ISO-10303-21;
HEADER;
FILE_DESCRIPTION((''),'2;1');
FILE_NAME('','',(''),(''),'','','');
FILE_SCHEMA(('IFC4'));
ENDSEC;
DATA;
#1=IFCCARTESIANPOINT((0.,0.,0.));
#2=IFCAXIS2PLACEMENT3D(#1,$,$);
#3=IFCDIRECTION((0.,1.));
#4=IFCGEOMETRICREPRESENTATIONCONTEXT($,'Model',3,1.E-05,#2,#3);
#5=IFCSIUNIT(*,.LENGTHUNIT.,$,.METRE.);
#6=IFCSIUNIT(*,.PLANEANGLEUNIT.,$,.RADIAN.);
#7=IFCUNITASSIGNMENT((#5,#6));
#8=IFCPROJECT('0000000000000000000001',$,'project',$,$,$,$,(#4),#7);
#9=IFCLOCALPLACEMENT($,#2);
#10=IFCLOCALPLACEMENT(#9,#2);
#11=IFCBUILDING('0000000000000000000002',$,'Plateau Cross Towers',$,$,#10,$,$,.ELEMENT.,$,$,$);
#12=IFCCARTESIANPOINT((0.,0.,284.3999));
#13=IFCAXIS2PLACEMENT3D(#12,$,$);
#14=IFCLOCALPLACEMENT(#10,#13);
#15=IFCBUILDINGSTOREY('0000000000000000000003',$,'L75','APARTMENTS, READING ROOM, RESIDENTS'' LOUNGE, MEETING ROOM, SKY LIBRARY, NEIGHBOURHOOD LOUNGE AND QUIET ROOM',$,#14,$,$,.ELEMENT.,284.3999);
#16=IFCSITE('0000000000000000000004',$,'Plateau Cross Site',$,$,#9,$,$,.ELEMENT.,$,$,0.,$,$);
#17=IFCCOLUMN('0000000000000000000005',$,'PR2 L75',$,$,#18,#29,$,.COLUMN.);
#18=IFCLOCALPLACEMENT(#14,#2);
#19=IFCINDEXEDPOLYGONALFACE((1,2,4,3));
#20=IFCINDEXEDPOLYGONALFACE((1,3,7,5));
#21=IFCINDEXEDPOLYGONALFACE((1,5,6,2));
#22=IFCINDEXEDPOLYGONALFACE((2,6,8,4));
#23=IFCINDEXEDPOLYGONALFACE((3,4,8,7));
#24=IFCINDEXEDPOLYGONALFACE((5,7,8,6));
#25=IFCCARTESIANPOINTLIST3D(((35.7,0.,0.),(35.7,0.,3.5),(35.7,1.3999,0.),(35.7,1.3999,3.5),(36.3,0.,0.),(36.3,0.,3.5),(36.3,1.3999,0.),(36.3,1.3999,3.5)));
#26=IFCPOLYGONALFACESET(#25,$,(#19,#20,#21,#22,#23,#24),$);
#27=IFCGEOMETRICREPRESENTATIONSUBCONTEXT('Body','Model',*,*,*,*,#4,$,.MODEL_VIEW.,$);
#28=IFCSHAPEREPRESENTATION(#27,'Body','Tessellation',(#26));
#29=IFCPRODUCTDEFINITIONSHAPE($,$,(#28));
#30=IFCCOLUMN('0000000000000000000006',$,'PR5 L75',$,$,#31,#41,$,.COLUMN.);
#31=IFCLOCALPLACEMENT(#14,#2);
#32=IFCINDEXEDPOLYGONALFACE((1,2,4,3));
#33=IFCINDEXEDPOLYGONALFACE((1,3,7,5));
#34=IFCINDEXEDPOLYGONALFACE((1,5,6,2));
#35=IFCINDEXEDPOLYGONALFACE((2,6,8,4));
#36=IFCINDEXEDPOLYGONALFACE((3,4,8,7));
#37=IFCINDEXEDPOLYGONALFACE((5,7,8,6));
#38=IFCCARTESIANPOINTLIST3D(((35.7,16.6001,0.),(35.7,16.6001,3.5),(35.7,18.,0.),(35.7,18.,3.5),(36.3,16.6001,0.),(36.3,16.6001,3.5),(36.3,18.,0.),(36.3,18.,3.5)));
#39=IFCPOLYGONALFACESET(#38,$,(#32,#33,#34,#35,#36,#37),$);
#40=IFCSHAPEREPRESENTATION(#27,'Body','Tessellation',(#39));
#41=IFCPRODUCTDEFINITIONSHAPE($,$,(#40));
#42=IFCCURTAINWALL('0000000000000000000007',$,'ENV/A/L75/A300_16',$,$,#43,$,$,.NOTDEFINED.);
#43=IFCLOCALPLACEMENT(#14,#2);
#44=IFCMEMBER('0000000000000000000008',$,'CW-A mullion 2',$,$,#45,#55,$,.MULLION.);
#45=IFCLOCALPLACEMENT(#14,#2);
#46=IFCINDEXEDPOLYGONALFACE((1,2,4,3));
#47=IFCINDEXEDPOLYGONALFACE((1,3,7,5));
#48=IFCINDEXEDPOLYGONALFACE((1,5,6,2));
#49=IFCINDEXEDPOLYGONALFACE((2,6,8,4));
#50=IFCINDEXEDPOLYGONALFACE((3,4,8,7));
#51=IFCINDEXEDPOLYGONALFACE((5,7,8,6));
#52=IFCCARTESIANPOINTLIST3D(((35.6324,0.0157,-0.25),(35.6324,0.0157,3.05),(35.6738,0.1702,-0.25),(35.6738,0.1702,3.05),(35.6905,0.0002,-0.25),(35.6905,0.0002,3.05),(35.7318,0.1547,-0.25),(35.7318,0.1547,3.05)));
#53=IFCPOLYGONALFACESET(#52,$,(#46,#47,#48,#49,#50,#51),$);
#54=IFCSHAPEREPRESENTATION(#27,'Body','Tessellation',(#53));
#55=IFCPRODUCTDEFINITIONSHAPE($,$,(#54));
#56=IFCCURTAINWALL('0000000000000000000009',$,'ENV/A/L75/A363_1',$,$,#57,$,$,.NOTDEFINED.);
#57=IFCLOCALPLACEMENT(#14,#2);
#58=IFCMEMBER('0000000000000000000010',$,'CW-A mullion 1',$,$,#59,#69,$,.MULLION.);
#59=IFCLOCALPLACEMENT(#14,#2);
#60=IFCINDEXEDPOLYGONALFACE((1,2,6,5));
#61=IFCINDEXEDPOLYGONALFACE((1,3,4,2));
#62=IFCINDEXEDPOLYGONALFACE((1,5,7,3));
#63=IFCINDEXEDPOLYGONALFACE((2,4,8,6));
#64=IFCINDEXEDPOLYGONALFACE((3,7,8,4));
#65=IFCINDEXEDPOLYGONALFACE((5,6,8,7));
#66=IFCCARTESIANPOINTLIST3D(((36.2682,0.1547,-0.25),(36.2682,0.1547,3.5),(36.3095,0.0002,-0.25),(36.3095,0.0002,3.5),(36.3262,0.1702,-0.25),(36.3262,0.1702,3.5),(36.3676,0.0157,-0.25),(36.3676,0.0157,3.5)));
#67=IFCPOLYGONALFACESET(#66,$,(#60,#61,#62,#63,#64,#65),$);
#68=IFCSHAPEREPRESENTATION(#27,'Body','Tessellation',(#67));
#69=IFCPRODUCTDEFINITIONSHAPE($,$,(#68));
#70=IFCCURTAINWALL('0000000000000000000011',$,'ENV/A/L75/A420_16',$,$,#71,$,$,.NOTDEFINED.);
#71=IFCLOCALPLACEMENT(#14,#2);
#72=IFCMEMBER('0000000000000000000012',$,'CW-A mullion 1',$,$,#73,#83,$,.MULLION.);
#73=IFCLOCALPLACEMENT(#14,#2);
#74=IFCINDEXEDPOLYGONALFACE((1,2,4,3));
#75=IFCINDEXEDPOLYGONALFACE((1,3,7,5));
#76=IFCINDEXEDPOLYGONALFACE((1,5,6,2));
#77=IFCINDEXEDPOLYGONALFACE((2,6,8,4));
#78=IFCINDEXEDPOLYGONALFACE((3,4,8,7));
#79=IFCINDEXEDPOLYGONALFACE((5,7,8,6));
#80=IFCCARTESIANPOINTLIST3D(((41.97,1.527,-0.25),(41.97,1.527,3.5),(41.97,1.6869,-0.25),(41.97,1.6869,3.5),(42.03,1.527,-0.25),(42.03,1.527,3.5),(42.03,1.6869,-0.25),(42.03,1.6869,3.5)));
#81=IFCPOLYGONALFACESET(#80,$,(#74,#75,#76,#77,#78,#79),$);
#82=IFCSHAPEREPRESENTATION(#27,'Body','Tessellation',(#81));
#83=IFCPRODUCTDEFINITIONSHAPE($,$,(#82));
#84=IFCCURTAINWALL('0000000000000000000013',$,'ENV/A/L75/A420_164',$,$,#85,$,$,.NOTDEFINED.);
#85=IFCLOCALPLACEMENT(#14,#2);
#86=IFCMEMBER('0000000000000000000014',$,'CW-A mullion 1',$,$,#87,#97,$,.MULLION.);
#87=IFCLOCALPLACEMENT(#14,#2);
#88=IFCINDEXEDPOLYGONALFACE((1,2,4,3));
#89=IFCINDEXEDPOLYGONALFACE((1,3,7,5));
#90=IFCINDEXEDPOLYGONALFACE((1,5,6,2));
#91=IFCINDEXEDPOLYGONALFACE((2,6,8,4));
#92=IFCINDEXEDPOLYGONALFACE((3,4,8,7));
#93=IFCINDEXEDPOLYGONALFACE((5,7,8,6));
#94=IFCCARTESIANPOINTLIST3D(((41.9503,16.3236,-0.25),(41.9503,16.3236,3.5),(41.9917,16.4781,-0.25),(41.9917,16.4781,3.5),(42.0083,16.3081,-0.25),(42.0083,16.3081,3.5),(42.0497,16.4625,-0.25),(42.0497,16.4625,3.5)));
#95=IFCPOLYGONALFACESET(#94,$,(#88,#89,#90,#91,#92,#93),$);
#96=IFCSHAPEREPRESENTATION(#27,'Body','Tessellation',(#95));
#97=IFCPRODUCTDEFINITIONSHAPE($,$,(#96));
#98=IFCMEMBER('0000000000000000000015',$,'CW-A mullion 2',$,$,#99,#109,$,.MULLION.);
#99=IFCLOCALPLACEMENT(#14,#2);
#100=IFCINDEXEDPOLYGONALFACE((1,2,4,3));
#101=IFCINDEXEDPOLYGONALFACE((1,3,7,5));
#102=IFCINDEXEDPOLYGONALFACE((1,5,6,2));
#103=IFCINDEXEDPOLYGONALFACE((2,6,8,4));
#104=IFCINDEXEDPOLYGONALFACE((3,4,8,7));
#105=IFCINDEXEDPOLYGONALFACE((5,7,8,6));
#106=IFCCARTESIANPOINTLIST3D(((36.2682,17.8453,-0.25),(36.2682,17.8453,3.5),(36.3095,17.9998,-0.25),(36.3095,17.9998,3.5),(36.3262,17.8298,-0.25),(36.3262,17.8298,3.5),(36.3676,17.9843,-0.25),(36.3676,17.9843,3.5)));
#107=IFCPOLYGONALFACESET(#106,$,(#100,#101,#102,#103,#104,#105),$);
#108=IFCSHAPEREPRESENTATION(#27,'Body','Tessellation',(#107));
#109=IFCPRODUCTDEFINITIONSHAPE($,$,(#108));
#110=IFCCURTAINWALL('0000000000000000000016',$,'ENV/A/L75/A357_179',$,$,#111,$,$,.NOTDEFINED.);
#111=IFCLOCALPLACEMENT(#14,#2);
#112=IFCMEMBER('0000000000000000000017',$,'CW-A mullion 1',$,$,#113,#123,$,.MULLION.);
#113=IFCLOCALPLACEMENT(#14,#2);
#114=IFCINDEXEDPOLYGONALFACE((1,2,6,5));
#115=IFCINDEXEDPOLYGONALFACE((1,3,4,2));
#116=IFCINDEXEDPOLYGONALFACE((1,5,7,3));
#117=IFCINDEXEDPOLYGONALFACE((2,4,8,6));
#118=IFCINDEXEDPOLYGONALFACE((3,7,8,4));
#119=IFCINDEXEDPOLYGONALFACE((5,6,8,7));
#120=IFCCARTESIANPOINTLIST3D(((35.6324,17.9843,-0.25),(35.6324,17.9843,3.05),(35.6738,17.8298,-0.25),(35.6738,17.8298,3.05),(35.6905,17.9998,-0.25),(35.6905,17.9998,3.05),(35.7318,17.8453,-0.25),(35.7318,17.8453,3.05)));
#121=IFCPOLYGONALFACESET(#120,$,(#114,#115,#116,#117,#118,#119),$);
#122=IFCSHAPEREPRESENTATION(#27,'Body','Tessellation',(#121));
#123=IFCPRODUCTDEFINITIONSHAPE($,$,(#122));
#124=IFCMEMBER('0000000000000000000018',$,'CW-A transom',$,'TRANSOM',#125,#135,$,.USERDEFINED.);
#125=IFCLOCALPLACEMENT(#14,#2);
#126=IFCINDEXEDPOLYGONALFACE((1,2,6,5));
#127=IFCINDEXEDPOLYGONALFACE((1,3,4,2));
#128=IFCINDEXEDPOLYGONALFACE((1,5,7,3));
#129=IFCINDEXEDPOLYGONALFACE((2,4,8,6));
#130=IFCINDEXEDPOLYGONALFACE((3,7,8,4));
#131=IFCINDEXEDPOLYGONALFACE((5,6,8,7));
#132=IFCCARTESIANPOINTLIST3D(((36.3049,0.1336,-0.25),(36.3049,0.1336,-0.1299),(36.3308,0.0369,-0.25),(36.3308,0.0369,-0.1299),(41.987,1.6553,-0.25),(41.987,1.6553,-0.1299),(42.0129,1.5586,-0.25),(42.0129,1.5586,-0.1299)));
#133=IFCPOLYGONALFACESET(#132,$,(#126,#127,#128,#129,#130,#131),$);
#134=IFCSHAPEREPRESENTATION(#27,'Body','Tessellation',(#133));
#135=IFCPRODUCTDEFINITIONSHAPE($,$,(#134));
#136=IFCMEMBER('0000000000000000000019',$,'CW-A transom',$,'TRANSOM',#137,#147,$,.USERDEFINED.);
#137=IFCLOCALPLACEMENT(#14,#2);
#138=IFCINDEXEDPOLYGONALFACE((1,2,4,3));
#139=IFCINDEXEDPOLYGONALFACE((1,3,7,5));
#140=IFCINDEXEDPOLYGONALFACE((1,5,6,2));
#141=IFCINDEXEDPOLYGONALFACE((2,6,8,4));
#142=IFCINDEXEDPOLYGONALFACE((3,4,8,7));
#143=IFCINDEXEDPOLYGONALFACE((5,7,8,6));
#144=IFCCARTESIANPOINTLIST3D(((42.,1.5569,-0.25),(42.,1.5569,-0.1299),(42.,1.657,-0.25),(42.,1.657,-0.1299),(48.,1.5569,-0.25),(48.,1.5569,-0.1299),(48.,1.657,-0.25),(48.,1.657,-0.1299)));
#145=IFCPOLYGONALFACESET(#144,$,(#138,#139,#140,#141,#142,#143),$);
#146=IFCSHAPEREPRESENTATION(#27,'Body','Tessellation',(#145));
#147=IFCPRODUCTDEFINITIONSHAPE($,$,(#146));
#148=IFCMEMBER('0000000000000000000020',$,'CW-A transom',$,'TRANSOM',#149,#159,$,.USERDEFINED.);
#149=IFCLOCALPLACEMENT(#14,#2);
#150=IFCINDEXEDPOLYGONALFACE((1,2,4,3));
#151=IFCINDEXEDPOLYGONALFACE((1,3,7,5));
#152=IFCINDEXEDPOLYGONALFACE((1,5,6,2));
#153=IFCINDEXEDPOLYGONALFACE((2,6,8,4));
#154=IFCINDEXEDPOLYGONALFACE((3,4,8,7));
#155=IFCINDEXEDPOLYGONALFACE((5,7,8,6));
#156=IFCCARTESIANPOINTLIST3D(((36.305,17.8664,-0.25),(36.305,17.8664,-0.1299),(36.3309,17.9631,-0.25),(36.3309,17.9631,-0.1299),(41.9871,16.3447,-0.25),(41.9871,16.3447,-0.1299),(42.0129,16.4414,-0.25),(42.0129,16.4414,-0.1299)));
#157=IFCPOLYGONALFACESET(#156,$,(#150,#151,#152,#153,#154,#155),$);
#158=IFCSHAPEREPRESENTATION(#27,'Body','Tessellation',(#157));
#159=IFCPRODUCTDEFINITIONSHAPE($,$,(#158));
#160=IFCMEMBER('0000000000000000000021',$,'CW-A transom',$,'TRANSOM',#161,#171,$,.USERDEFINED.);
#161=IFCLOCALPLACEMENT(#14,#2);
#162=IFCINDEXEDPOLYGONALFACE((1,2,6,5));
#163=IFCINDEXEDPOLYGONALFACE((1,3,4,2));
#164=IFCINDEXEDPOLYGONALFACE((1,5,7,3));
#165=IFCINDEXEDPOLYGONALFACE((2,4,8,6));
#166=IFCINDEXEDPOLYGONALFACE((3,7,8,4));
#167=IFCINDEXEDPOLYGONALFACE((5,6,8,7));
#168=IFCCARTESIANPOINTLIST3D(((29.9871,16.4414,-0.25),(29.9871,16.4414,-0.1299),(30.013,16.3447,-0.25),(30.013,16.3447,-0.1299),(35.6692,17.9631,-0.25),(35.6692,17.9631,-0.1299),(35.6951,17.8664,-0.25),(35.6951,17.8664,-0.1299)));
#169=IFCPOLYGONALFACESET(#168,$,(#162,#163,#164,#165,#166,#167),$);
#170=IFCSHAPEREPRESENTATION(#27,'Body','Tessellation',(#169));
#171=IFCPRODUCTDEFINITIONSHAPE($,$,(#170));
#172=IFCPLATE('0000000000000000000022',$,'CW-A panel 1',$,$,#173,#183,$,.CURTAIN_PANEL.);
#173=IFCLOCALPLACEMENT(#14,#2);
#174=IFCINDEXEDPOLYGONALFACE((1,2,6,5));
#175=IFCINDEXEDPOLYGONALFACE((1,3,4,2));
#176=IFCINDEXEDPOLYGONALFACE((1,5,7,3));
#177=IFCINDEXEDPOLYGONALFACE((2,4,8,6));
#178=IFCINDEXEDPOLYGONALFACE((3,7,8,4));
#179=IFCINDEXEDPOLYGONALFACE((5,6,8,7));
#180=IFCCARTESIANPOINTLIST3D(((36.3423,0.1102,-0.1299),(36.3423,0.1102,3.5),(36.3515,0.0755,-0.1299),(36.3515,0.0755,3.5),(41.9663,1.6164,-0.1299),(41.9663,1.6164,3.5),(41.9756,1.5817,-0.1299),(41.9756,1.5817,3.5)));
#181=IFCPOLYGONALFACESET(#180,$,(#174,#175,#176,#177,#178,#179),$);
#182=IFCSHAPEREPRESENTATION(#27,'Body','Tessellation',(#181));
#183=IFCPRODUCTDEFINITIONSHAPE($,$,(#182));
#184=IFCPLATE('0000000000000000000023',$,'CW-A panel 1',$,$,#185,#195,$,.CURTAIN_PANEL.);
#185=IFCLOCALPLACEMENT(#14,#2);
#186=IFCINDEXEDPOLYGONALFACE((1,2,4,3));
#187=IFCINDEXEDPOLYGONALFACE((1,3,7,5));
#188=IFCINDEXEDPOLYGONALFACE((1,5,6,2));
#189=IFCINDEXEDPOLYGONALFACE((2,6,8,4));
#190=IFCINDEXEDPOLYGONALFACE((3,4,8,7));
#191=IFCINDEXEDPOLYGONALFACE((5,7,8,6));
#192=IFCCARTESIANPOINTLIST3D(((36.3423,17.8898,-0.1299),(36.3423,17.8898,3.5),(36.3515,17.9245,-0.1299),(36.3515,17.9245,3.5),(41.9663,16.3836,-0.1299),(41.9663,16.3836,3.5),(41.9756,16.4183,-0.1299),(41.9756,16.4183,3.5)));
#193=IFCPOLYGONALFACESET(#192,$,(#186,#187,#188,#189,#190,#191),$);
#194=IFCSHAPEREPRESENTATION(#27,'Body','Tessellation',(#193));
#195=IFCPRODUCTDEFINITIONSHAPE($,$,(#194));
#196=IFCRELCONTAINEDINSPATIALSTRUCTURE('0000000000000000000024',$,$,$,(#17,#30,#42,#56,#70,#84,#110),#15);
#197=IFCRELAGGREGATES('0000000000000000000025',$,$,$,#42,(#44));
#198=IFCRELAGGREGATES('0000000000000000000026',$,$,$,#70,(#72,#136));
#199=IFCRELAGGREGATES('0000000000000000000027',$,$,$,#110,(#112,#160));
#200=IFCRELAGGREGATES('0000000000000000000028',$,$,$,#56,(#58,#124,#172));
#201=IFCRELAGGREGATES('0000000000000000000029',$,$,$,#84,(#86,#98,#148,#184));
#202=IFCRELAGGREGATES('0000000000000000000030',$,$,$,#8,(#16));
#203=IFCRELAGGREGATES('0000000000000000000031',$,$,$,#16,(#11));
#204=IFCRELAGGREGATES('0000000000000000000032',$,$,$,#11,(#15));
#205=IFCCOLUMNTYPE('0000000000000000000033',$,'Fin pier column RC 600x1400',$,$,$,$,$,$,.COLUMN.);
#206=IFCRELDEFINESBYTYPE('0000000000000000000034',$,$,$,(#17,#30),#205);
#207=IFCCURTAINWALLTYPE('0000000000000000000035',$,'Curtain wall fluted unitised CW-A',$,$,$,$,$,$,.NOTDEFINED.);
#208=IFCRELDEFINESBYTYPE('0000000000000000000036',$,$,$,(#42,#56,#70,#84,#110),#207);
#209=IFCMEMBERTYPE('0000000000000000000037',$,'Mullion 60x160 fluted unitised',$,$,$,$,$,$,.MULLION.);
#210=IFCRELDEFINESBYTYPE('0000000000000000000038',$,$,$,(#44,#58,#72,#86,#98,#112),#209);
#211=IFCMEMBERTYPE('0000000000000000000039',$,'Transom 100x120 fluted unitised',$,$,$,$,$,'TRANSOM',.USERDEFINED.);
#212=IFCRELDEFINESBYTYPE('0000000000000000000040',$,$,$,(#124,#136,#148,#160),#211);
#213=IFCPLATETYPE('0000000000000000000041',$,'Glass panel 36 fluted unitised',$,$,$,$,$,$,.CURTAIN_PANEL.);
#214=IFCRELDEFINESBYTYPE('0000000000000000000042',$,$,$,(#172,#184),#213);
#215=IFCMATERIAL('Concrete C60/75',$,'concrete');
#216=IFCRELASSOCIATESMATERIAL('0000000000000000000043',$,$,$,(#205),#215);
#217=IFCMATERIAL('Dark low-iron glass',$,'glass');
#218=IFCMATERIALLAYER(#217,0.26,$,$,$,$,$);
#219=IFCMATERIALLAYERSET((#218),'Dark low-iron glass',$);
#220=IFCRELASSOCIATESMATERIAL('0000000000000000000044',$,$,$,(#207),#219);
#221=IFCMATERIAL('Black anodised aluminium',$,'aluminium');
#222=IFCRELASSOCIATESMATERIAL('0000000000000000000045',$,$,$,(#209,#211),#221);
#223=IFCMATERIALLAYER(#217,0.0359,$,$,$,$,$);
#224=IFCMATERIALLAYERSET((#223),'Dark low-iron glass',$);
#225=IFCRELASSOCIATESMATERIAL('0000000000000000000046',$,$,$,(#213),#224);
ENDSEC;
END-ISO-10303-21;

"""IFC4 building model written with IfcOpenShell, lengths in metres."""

from ifc_helpers import new_model, si_unit, direction, frame, origin, origin_2d, place, context, subcontext, project, spatial, rectangle, extrude, material, layer, layer_set, material_profile, profile_set, type_object, element, aggregate, save


model = new_model("IFC4")

# Units and contexts
model_context = context("Model", 3, precision=1e-05, world=origin(), true_north=direction((0.0, 1.0)))
body_context = subcontext(model_context, "Body", "Model", "MODEL_VIEW")
ifc_project = project(units=[si_unit("LENGTHUNIT", "METRE"), si_unit("PLANEANGLEUNIT", "RADIAN")], contexts=[model_context])

# Site, building, storey
site_placement = place(None, origin())
site = spatial("IfcSite", under=ifc_project, at=site_placement, Name="Plateau Cross Site", CompositionType="ELEMENT", RefElevation=0.0)
building_placement = place(site_placement, origin())
building = spatial("IfcBuilding", under=site, at=building_placement, Name="Plateau Cross Towers", CompositionType="ELEMENT")
storey_placement = place(building_placement, frame((0.0, 0.0, 284.3999)))
storey = spatial("IfcBuildingStorey", under=building, at=storey_placement, Name="L75", Description="APARTMENTS, READING ROOM, RESIDENTS' LOUNGE, MEETING ROOM, SKY LIBRARY, NEIGHBOURHOOD LOUNGE AND QUIET ROOM", CompositionType="ELEMENT", Elevation=284.3999)

# Columns
ifc_material_1 = material(Name="Concrete C60/75", Category="concrete")
ifc_material_profile_1 = material_profile(ifc_material_1, rectangle(XDim=0.6001, YDim=1.3999, at=origin_2d()), Name="RC 600x1400")
ifc_profile_set_1 = profile_set([ifc_material_profile_1], Name="Concrete C60/75")
column_type = type_object("IfcColumnType", Name="Fin pier column RC 600x1400", PredefinedType="COLUMN", material=ifc_profile_set_1)
for number, where, z_axis, x_axis, name in (
    (1, (36.0, 0.7, 0.0), (0.0, 0.0, 1.0), (1.0, 0.0, 0.0), "PR2 L75"),
    (2, (36.0, 17.3, 0.0), (0.0, 0.0, 1.0), (1.0, 0.0, 0.0), "PR5 L75"),
):
    element("IfcColumn", number, at=place(storey_placement, frame(where, z_axis=z_axis, x_axis=x_axis)), inside=storey, type_object=column_type, Name=name, PredefinedType="COLUMN", context=body_context, shape_type="SweptSolid", body=[
        extrude(rectangle(XDim=0.6001, YDim=1.3999, at=origin_2d()), origin(), (0.0, 0.0, 1.0), 3.5),
    ])

# Curtain walls, members
ifc_material_2 = material(Name="Dark low-iron glass", Category="glass")
ifc_layer_1 = layer(ifc_material_2, 0.26)
ifc_layer_set_1 = layer_set([ifc_layer_1], Name="Dark low-iron glass")
curtain_wall_type = type_object("IfcCurtainWallType", Name="Curtain wall fluted unitised CW-A", PredefinedType="NOTDEFINED", material=ifc_layer_set_1)
curtain_wall_1_placement = place(storey_placement, origin())
curtain_wall_1 = element("IfcCurtainWall", 3, at=curtain_wall_1_placement, inside=storey, type_object=curtain_wall_type, Name="ENV/A/L75/A300_16", PredefinedType="NOTDEFINED")
ifc_material_3 = material(Name="Black anodised aluminium", Category="aluminium")
ifc_material_profile_2 = material_profile(ifc_material_3, rectangle(XDim=0.0601, YDim=0.1599, at=origin_2d()), Name="MULLION 60x160")
ifc_profile_set_2 = profile_set([ifc_material_profile_2], Name="Black anodised aluminium")
member_type_1 = type_object("IfcMemberType", Name="Mullion 60x160 fluted unitised", PredefinedType="MULLION", material=ifc_profile_set_2)
member_1_placement = place(storey_placement, frame((35.6821, 0.0852, -0.25), z_axis=(0.0, 0.0, 1.0), x_axis=(0.965958, -0.258699, 0.0)))
member_1 = element("IfcMember", 4, at=member_1_placement, type_object=member_type_1, Name="CW-A mullion 2", PredefinedType="MULLION", context=body_context, shape_type="SweptSolid", body=[
    extrude(rectangle(XDim=0.0601, YDim=0.1599, at=origin_2d()), origin(), (0.0, 0.0, 1.0), 3.3),
])
aggregate(curtain_wall_1, [member_1])
curtain_wall_2_placement = place(storey_placement, origin())
curtain_wall_2 = element("IfcCurtainWall", 5, at=curtain_wall_2_placement, inside=storey, type_object=curtain_wall_type, Name="ENV/A/L75/A363_1", PredefinedType="NOTDEFINED")
member_2_placement = place(storey_placement, frame((36.3179, 0.0852, -0.25), z_axis=(0.0, 0.0, 1.0), x_axis=(0.965958, 0.258699, 0.0)))
member_2 = element("IfcMember", 6, at=member_2_placement, type_object=member_type_1, Name="CW-A mullion 1", PredefinedType="MULLION", context=body_context, shape_type="SweptSolid", body=[
    extrude(rectangle(XDim=0.0601, YDim=0.1599, at=origin_2d()), origin(), (0.0, 0.0, 1.0), 3.75),
])
curtain_wall_3_placement = place(storey_placement, origin())
curtain_wall_3 = element("IfcCurtainWall", 7, at=curtain_wall_3_placement, inside=storey, type_object=curtain_wall_type, Name="ENV/A/L75/A420_16", PredefinedType="NOTDEFINED")
member_3_placement = place(storey_placement, frame((42.0, 1.6069, -0.25), z_axis=(0.0, 0.0, 1.0), x_axis=(1.0, 0.0, 0.0)))
member_3 = element("IfcMember", 8, at=member_3_placement, type_object=member_type_1, Name="CW-A mullion 1", PredefinedType="MULLION", context=body_context, shape_type="SweptSolid", body=[
    extrude(rectangle(XDim=0.0601, YDim=0.1599, at=origin_2d()), origin(), (0.0, 0.0, 1.0), 3.75),
])

# Curtain wall, members
curtain_wall_4_placement = place(storey_placement, origin())
curtain_wall_4 = element("IfcCurtainWall", 9, at=curtain_wall_4_placement, inside=storey, type_object=curtain_wall_type, Name="ENV/A/L75/A420_164", PredefinedType="NOTDEFINED")
member_4_placement = place(storey_placement, frame((42.0, 16.3931, -0.25), z_axis=(0.0, 0.0, 1.0), x_axis=(-0.965958, 0.258699, 0.0)))
member_4 = element("IfcMember", 10, at=member_4_placement, type_object=member_type_1, Name="CW-A mullion 1", PredefinedType="MULLION", context=body_context, shape_type="SweptSolid", body=[
    extrude(rectangle(XDim=0.0601, YDim=0.1599, at=origin_2d()), origin(), (0.0, 0.0, 1.0), 3.75),
])
member_5_placement = place(storey_placement, frame((36.3179, 17.9148, -0.25), z_axis=(0.0, 0.0, 1.0), x_axis=(-0.965958, 0.258699, 0.0)))
member_5 = element("IfcMember", 11, at=member_5_placement, type_object=member_type_1, Name="CW-A mullion 2", PredefinedType="MULLION", context=body_context, shape_type="SweptSolid", body=[
    extrude(rectangle(XDim=0.0601, YDim=0.1599, at=origin_2d()), origin(), (0.0, 0.0, 1.0), 3.75),
])

# Curtain wall, member
curtain_wall_5_placement = place(storey_placement, origin())
curtain_wall_5 = element("IfcCurtainWall", 12, at=curtain_wall_5_placement, inside=storey, type_object=curtain_wall_type, Name="ENV/A/L75/A357_179", PredefinedType="NOTDEFINED")
member_6_placement = place(storey_placement, frame((35.6821, 17.9148, -0.25), z_axis=(0.0, 0.0, 1.0), x_axis=(-0.965958, -0.258699, 0.0)))
member_6 = element("IfcMember", 13, at=member_6_placement, type_object=member_type_1, Name="CW-A mullion 1", PredefinedType="MULLION", context=body_context, shape_type="SweptSolid", body=[
    extrude(rectangle(XDim=0.0601, YDim=0.1599, at=origin_2d()), origin(), (0.0, 0.0, 1.0), 3.3),
])

# Members
ifc_material_profile_3 = material_profile(ifc_material_3, rectangle(XDim=0.1001, YDim=0.1201, at=origin_2d()), Name="TRANSOM 100x120")
ifc_profile_set_3 = profile_set([ifc_material_profile_3], Name="Black anodised aluminium")
member_type_2 = type_object("IfcMemberType", Name="Transom 100x120 fluted unitised", ElementType="TRANSOM", PredefinedType="USERDEFINED", material=ifc_profile_set_3)
member_7_placement = place(storey_placement, frame((36.3179, 0.0852, -0.1899), z_axis=(0.96596, 0.258693, 0.0), x_axis=(-0.258693, 0.96596, 0.0)))
member_7 = element("IfcMember", 14, at=member_7_placement, type_object=member_type_2, Name="CW-A transom", ObjectType="TRANSOM", PredefinedType="USERDEFINED", context=body_context, shape_type="SweptSolid", body=[
    extrude(rectangle(XDim=0.1001, YDim=0.1201, at=origin_2d()), origin(), (0.0, 0.0, 1.0), 5.8823),
])
member_8_placement = place(storey_placement, frame((42.0, 1.6069, -0.1899), z_axis=(1.0, 0.0, 0.0), x_axis=(0.0, 1.0, 0.0)))
member_8 = element("IfcMember", 15, at=member_8_placement, type_object=member_type_2, Name="CW-A transom", ObjectType="TRANSOM", PredefinedType="USERDEFINED", context=body_context, shape_type="SweptSolid", body=[
    extrude(rectangle(XDim=0.1001, YDim=0.1201, at=origin_2d()), origin(), (0.0, 0.0, 1.0), 6.0),
])
aggregate(curtain_wall_3, [member_3, member_8])
member_9_placement = place(storey_placement, frame((42.0, 16.3931, -0.1899), z_axis=(-0.96596, 0.258693, 0.0), x_axis=(-0.258693, -0.96596, 0.0)))
member_9 = element("IfcMember", 16, at=member_9_placement, type_object=member_type_2, Name="CW-A transom", ObjectType="TRANSOM", PredefinedType="USERDEFINED", context=body_context, shape_type="SweptSolid", body=[
    extrude(rectangle(XDim=0.1001, YDim=0.1201, at=origin_2d()), origin(), (0.0, 0.0, 1.0), 5.8823),
])
member_10_placement = place(storey_placement, frame((35.6821, 17.9148, -0.1899), z_axis=(-0.96596, -0.258693, 0.0), x_axis=(0.258693, -0.96596, 0.0)))
member_10 = element("IfcMember", 17, at=member_10_placement, type_object=member_type_2, Name="CW-A transom", ObjectType="TRANSOM", PredefinedType="USERDEFINED", context=body_context, shape_type="SweptSolid", body=[
    extrude(rectangle(XDim=0.1001, YDim=0.1201, at=origin_2d()), origin(), (0.0, 0.0, 1.0), 5.8823),
])
aggregate(curtain_wall_5, [member_6, member_10])

# Plates
ifc_layer_2 = layer(ifc_material_2, 0.0359)
ifc_layer_set_2 = layer_set([ifc_layer_2], Name="Dark low-iron glass")
plate_type = type_object("IfcPlateType", Name="Glass panel 36 fluted unitised", PredefinedType="CURTAIN_PANEL", material=ifc_layer_set_2)
plate_1_placement = place(storey_placement, frame((39.1589, 0.8459, -0.1299), z_axis=(0.0, 0.0, 1.0), x_axis=(0.965958, 0.258699, 0.0)))
plate_1 = element("IfcPlate", 18, at=plate_1_placement, type_object=plate_type, Name="CW-A panel 1", PredefinedType="CURTAIN_PANEL", context=body_context, shape_type="SweptSolid", body=[
    extrude(rectangle(XDim=5.8223, YDim=0.0359, at=origin_2d()), origin(), (0.0, 0.0, 1.0), 3.6299),
])
aggregate(curtain_wall_2, [member_2, member_7, plate_1])
plate_2_placement = place(storey_placement, frame((39.1589, 17.1541, -0.1299), z_axis=(0.0, 0.0, 1.0), x_axis=(-0.965958, 0.258699, 0.0)))
plate_2 = element("IfcPlate", 19, at=plate_2_placement, type_object=plate_type, Name="CW-A panel 1", PredefinedType="CURTAIN_PANEL", context=body_context, shape_type="SweptSolid", body=[
    extrude(rectangle(XDim=5.8223, YDim=0.0359, at=origin_2d()), origin(), (0.0, 0.0, 1.0), 3.6299),
])
aggregate(curtain_wall_4, [member_4, member_5, member_9, plate_2])

save(model, "model.ifc")
